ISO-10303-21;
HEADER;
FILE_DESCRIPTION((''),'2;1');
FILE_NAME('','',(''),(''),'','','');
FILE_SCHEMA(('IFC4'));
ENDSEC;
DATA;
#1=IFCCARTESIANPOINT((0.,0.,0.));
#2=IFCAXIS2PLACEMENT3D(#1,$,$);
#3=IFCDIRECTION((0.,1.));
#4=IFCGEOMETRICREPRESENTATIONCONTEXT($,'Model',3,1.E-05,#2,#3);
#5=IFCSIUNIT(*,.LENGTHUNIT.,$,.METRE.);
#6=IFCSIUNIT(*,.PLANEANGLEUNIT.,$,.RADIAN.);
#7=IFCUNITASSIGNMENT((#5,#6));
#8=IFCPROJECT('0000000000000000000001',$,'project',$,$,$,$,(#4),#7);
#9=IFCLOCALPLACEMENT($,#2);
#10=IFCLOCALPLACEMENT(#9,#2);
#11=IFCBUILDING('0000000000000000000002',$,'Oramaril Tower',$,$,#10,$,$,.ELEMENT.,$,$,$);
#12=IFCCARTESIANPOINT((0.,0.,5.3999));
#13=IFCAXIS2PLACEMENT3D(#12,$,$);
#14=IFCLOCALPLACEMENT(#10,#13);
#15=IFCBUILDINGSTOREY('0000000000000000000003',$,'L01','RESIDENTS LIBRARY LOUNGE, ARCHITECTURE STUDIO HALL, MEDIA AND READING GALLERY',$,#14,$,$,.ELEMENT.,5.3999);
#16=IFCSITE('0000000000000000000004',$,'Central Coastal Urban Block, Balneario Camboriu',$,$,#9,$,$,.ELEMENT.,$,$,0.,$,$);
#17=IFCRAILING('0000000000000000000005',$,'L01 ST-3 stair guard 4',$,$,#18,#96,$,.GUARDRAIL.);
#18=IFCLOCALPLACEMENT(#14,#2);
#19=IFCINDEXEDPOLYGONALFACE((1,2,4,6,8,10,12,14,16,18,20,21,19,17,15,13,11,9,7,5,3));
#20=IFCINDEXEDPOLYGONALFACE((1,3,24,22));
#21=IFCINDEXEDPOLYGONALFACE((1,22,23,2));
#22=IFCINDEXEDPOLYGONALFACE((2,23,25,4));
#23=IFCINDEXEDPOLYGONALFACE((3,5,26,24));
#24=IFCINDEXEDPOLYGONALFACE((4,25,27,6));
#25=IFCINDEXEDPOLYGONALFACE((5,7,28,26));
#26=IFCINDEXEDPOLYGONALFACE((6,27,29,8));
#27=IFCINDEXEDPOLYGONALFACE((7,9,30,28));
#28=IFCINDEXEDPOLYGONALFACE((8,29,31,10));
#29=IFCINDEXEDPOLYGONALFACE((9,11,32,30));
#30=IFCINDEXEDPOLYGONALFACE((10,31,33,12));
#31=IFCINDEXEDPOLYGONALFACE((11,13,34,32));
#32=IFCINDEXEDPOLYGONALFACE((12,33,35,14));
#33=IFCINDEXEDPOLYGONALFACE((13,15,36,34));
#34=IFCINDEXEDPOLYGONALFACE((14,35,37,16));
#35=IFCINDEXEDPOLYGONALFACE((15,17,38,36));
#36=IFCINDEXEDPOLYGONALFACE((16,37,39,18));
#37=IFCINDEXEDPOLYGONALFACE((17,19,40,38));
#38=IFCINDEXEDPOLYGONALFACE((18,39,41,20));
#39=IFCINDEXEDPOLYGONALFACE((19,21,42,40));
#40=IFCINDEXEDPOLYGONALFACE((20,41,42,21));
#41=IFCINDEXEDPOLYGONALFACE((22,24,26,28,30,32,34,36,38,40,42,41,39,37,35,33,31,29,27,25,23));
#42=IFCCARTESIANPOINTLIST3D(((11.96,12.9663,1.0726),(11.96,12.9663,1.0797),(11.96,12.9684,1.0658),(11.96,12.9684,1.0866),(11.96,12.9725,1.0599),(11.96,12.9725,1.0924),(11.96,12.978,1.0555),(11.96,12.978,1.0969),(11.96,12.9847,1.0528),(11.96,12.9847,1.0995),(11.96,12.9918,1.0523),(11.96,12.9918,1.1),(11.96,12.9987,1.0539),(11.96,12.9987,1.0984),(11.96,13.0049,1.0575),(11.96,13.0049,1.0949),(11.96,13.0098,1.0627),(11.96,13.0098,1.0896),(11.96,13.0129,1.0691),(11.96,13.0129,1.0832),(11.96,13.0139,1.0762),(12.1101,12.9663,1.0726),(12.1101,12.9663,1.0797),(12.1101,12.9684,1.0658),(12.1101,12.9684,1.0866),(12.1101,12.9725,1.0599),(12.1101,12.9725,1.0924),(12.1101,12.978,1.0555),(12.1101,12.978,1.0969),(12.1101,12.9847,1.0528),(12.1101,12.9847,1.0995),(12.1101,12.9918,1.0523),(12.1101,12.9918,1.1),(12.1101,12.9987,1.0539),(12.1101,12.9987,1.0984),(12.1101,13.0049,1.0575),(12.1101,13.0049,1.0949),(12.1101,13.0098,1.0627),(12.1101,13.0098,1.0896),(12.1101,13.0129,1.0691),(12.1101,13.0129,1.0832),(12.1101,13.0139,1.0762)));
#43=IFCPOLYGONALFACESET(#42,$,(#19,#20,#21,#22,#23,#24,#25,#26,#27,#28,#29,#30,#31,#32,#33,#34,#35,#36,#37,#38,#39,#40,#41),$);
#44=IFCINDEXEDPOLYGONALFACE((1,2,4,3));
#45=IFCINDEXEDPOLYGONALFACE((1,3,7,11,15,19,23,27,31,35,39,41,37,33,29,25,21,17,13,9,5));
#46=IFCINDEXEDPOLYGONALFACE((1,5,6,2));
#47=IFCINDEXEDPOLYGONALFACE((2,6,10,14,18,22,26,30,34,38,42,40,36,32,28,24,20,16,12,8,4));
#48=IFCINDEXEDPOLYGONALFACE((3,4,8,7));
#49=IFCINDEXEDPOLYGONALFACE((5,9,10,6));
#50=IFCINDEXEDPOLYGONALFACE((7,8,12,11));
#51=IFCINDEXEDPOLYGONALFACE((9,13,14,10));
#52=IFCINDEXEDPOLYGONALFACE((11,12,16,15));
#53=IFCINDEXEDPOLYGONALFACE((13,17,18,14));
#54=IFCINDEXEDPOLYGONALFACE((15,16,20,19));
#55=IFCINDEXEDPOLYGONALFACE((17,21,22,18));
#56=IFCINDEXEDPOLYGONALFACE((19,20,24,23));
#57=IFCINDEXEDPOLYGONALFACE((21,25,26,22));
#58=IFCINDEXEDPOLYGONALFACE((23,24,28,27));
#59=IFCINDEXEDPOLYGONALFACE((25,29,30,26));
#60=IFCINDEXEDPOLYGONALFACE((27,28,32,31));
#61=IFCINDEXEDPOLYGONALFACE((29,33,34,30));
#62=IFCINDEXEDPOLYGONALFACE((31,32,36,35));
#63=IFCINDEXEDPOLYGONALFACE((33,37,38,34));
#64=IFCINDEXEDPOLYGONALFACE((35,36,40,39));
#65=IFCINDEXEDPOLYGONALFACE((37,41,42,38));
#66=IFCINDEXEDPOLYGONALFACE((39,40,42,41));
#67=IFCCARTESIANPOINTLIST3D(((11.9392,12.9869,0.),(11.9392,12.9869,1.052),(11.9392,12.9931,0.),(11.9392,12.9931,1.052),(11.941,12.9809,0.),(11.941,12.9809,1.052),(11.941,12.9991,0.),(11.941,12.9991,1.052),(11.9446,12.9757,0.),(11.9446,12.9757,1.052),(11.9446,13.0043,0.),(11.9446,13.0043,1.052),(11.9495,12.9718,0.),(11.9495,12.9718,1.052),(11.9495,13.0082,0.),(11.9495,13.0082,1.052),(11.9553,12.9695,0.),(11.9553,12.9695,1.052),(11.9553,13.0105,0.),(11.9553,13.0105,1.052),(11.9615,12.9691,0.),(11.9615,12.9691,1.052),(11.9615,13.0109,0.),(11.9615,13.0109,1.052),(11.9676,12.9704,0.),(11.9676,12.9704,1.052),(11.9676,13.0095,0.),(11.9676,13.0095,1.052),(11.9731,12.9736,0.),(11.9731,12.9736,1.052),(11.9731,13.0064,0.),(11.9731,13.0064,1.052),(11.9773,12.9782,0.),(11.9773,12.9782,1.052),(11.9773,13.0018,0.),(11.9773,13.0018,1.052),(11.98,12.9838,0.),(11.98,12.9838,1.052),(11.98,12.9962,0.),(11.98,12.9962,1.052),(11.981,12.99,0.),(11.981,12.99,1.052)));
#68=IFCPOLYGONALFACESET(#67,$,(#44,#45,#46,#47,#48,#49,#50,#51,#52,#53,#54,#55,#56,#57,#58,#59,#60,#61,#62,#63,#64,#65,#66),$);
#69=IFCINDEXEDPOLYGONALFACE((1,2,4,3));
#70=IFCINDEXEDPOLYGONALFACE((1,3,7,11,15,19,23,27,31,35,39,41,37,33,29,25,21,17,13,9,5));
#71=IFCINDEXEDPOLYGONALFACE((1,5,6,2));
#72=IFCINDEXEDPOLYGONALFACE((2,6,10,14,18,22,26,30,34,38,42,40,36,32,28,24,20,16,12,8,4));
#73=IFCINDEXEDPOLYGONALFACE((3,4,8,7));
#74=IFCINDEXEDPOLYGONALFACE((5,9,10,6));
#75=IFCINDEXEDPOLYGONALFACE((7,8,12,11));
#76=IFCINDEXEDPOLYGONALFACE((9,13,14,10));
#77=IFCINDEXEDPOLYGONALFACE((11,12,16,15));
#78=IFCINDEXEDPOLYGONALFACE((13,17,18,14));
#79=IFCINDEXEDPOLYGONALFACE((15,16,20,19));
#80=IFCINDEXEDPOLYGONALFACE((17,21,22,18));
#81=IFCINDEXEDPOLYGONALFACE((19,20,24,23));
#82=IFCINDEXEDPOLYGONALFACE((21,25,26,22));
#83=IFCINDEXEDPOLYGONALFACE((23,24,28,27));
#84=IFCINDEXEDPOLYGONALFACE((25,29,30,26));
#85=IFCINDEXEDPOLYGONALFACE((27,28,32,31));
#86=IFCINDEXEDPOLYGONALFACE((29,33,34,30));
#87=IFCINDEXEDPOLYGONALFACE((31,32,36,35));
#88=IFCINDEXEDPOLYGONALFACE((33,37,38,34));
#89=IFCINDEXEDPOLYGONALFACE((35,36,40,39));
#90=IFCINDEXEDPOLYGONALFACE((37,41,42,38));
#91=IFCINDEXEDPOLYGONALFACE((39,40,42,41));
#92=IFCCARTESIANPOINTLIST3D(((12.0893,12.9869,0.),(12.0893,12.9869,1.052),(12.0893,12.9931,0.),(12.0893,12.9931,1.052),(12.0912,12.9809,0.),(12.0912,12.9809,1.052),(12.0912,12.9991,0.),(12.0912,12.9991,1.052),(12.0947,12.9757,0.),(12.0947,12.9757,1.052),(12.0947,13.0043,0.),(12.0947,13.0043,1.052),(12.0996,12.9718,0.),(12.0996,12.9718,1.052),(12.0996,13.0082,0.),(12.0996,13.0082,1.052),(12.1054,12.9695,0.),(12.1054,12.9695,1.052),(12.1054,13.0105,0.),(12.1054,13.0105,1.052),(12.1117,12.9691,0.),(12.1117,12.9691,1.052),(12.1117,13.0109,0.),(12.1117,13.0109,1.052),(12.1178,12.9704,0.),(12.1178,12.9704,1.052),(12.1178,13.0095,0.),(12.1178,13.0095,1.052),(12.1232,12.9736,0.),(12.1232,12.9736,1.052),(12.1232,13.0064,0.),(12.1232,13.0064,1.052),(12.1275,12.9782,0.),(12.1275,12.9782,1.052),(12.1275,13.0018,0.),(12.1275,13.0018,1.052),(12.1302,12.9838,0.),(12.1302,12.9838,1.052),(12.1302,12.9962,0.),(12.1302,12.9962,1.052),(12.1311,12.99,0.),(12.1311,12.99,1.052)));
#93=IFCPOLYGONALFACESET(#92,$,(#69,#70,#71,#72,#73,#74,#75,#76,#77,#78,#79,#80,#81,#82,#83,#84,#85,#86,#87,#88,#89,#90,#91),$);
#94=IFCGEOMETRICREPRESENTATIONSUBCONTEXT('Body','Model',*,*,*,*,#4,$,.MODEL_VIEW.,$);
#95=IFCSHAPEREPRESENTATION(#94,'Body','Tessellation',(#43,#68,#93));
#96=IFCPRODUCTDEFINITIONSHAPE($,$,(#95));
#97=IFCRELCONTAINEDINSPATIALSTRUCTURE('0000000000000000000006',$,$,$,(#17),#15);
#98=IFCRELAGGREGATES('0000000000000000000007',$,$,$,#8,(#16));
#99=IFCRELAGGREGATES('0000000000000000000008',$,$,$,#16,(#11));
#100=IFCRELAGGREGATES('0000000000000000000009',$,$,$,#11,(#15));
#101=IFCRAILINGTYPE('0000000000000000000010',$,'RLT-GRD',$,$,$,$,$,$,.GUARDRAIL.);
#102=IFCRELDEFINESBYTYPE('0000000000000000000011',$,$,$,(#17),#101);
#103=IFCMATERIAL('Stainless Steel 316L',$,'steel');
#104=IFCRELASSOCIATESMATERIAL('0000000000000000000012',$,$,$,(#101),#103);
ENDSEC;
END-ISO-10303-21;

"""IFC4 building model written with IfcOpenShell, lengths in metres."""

from ifc_helpers import new_model, si_unit, direction, frame, origin, origin_2d, place, context, subcontext, project, spatial, circle, extrude, material, type_object, element, save


model = new_model("IFC4")

# Units and contexts
model_context = context("Model", 3, precision=1e-05, world=origin(), true_north=direction((0.0, 1.0)))
body_context = subcontext(model_context, "Body", "Model", "MODEL_VIEW")
ifc_project = project(units=[si_unit("LENGTHUNIT", "METRE"), si_unit("PLANEANGLEUNIT", "RADIAN")], contexts=[model_context])

# Site, building, storey
site_placement = place(None, origin())
site = spatial("IfcSite", under=ifc_project, at=site_placement, Name="Central Coastal Urban Block, Balneario Camboriu", CompositionType="ELEMENT", RefElevation=0.0)
building_placement = place(site_placement, origin())
building = spatial("IfcBuilding", under=site, at=building_placement, Name="Oramaril Tower", CompositionType="ELEMENT")
storey_placement = place(building_placement, frame((0.0, 0.0, 5.3999)))
storey = spatial("IfcBuildingStorey", under=building, at=storey_placement, Name="L01", Description="RESIDENTS LIBRARY LOUNGE, ARCHITECTURE STUDIO HALL, MEDIA AND READING GALLERY", CompositionType="ELEMENT", Elevation=5.3999)

# Railing
ifc_material_1 = material(Name="Stainless Steel 316L", Category="steel")
railing_type_1 = type_object("IfcRailingType", Name="RLT-GRD", PredefinedType="GUARDRAIL", material=ifc_material_1)
railing_1_placement = place(storey_placement, frame((11.96, 12.99, 0.0)))
element("IfcRailing", 1, at=railing_1_placement, inside=storey, type_object=railing_type_1, Name="L01 ST-3 stair guard 4", PredefinedType="GUARDRAIL", context=body_context, shape_type="SweptSolid", body=[
    extrude(circle(Radius=0.0239, at=origin_2d()), frame((0.0, 0.0, 1.0762), z_axis=(1.0, 0.0, 0.0), x_axis=(0.0, 1.0, 0.0)), (0.0, 0.0, 1.0), 0.1501),
    extrude(circle(Radius=0.021, at=origin_2d()), origin(), (0.0, 0.0, 1.0), 1.052),
    extrude(circle(Radius=0.021, at=origin_2d()), frame((0.1501, 0.0, 0.0)), (0.0, 0.0, 1.0), 1.052),
])

save(model, "model.ifc")
